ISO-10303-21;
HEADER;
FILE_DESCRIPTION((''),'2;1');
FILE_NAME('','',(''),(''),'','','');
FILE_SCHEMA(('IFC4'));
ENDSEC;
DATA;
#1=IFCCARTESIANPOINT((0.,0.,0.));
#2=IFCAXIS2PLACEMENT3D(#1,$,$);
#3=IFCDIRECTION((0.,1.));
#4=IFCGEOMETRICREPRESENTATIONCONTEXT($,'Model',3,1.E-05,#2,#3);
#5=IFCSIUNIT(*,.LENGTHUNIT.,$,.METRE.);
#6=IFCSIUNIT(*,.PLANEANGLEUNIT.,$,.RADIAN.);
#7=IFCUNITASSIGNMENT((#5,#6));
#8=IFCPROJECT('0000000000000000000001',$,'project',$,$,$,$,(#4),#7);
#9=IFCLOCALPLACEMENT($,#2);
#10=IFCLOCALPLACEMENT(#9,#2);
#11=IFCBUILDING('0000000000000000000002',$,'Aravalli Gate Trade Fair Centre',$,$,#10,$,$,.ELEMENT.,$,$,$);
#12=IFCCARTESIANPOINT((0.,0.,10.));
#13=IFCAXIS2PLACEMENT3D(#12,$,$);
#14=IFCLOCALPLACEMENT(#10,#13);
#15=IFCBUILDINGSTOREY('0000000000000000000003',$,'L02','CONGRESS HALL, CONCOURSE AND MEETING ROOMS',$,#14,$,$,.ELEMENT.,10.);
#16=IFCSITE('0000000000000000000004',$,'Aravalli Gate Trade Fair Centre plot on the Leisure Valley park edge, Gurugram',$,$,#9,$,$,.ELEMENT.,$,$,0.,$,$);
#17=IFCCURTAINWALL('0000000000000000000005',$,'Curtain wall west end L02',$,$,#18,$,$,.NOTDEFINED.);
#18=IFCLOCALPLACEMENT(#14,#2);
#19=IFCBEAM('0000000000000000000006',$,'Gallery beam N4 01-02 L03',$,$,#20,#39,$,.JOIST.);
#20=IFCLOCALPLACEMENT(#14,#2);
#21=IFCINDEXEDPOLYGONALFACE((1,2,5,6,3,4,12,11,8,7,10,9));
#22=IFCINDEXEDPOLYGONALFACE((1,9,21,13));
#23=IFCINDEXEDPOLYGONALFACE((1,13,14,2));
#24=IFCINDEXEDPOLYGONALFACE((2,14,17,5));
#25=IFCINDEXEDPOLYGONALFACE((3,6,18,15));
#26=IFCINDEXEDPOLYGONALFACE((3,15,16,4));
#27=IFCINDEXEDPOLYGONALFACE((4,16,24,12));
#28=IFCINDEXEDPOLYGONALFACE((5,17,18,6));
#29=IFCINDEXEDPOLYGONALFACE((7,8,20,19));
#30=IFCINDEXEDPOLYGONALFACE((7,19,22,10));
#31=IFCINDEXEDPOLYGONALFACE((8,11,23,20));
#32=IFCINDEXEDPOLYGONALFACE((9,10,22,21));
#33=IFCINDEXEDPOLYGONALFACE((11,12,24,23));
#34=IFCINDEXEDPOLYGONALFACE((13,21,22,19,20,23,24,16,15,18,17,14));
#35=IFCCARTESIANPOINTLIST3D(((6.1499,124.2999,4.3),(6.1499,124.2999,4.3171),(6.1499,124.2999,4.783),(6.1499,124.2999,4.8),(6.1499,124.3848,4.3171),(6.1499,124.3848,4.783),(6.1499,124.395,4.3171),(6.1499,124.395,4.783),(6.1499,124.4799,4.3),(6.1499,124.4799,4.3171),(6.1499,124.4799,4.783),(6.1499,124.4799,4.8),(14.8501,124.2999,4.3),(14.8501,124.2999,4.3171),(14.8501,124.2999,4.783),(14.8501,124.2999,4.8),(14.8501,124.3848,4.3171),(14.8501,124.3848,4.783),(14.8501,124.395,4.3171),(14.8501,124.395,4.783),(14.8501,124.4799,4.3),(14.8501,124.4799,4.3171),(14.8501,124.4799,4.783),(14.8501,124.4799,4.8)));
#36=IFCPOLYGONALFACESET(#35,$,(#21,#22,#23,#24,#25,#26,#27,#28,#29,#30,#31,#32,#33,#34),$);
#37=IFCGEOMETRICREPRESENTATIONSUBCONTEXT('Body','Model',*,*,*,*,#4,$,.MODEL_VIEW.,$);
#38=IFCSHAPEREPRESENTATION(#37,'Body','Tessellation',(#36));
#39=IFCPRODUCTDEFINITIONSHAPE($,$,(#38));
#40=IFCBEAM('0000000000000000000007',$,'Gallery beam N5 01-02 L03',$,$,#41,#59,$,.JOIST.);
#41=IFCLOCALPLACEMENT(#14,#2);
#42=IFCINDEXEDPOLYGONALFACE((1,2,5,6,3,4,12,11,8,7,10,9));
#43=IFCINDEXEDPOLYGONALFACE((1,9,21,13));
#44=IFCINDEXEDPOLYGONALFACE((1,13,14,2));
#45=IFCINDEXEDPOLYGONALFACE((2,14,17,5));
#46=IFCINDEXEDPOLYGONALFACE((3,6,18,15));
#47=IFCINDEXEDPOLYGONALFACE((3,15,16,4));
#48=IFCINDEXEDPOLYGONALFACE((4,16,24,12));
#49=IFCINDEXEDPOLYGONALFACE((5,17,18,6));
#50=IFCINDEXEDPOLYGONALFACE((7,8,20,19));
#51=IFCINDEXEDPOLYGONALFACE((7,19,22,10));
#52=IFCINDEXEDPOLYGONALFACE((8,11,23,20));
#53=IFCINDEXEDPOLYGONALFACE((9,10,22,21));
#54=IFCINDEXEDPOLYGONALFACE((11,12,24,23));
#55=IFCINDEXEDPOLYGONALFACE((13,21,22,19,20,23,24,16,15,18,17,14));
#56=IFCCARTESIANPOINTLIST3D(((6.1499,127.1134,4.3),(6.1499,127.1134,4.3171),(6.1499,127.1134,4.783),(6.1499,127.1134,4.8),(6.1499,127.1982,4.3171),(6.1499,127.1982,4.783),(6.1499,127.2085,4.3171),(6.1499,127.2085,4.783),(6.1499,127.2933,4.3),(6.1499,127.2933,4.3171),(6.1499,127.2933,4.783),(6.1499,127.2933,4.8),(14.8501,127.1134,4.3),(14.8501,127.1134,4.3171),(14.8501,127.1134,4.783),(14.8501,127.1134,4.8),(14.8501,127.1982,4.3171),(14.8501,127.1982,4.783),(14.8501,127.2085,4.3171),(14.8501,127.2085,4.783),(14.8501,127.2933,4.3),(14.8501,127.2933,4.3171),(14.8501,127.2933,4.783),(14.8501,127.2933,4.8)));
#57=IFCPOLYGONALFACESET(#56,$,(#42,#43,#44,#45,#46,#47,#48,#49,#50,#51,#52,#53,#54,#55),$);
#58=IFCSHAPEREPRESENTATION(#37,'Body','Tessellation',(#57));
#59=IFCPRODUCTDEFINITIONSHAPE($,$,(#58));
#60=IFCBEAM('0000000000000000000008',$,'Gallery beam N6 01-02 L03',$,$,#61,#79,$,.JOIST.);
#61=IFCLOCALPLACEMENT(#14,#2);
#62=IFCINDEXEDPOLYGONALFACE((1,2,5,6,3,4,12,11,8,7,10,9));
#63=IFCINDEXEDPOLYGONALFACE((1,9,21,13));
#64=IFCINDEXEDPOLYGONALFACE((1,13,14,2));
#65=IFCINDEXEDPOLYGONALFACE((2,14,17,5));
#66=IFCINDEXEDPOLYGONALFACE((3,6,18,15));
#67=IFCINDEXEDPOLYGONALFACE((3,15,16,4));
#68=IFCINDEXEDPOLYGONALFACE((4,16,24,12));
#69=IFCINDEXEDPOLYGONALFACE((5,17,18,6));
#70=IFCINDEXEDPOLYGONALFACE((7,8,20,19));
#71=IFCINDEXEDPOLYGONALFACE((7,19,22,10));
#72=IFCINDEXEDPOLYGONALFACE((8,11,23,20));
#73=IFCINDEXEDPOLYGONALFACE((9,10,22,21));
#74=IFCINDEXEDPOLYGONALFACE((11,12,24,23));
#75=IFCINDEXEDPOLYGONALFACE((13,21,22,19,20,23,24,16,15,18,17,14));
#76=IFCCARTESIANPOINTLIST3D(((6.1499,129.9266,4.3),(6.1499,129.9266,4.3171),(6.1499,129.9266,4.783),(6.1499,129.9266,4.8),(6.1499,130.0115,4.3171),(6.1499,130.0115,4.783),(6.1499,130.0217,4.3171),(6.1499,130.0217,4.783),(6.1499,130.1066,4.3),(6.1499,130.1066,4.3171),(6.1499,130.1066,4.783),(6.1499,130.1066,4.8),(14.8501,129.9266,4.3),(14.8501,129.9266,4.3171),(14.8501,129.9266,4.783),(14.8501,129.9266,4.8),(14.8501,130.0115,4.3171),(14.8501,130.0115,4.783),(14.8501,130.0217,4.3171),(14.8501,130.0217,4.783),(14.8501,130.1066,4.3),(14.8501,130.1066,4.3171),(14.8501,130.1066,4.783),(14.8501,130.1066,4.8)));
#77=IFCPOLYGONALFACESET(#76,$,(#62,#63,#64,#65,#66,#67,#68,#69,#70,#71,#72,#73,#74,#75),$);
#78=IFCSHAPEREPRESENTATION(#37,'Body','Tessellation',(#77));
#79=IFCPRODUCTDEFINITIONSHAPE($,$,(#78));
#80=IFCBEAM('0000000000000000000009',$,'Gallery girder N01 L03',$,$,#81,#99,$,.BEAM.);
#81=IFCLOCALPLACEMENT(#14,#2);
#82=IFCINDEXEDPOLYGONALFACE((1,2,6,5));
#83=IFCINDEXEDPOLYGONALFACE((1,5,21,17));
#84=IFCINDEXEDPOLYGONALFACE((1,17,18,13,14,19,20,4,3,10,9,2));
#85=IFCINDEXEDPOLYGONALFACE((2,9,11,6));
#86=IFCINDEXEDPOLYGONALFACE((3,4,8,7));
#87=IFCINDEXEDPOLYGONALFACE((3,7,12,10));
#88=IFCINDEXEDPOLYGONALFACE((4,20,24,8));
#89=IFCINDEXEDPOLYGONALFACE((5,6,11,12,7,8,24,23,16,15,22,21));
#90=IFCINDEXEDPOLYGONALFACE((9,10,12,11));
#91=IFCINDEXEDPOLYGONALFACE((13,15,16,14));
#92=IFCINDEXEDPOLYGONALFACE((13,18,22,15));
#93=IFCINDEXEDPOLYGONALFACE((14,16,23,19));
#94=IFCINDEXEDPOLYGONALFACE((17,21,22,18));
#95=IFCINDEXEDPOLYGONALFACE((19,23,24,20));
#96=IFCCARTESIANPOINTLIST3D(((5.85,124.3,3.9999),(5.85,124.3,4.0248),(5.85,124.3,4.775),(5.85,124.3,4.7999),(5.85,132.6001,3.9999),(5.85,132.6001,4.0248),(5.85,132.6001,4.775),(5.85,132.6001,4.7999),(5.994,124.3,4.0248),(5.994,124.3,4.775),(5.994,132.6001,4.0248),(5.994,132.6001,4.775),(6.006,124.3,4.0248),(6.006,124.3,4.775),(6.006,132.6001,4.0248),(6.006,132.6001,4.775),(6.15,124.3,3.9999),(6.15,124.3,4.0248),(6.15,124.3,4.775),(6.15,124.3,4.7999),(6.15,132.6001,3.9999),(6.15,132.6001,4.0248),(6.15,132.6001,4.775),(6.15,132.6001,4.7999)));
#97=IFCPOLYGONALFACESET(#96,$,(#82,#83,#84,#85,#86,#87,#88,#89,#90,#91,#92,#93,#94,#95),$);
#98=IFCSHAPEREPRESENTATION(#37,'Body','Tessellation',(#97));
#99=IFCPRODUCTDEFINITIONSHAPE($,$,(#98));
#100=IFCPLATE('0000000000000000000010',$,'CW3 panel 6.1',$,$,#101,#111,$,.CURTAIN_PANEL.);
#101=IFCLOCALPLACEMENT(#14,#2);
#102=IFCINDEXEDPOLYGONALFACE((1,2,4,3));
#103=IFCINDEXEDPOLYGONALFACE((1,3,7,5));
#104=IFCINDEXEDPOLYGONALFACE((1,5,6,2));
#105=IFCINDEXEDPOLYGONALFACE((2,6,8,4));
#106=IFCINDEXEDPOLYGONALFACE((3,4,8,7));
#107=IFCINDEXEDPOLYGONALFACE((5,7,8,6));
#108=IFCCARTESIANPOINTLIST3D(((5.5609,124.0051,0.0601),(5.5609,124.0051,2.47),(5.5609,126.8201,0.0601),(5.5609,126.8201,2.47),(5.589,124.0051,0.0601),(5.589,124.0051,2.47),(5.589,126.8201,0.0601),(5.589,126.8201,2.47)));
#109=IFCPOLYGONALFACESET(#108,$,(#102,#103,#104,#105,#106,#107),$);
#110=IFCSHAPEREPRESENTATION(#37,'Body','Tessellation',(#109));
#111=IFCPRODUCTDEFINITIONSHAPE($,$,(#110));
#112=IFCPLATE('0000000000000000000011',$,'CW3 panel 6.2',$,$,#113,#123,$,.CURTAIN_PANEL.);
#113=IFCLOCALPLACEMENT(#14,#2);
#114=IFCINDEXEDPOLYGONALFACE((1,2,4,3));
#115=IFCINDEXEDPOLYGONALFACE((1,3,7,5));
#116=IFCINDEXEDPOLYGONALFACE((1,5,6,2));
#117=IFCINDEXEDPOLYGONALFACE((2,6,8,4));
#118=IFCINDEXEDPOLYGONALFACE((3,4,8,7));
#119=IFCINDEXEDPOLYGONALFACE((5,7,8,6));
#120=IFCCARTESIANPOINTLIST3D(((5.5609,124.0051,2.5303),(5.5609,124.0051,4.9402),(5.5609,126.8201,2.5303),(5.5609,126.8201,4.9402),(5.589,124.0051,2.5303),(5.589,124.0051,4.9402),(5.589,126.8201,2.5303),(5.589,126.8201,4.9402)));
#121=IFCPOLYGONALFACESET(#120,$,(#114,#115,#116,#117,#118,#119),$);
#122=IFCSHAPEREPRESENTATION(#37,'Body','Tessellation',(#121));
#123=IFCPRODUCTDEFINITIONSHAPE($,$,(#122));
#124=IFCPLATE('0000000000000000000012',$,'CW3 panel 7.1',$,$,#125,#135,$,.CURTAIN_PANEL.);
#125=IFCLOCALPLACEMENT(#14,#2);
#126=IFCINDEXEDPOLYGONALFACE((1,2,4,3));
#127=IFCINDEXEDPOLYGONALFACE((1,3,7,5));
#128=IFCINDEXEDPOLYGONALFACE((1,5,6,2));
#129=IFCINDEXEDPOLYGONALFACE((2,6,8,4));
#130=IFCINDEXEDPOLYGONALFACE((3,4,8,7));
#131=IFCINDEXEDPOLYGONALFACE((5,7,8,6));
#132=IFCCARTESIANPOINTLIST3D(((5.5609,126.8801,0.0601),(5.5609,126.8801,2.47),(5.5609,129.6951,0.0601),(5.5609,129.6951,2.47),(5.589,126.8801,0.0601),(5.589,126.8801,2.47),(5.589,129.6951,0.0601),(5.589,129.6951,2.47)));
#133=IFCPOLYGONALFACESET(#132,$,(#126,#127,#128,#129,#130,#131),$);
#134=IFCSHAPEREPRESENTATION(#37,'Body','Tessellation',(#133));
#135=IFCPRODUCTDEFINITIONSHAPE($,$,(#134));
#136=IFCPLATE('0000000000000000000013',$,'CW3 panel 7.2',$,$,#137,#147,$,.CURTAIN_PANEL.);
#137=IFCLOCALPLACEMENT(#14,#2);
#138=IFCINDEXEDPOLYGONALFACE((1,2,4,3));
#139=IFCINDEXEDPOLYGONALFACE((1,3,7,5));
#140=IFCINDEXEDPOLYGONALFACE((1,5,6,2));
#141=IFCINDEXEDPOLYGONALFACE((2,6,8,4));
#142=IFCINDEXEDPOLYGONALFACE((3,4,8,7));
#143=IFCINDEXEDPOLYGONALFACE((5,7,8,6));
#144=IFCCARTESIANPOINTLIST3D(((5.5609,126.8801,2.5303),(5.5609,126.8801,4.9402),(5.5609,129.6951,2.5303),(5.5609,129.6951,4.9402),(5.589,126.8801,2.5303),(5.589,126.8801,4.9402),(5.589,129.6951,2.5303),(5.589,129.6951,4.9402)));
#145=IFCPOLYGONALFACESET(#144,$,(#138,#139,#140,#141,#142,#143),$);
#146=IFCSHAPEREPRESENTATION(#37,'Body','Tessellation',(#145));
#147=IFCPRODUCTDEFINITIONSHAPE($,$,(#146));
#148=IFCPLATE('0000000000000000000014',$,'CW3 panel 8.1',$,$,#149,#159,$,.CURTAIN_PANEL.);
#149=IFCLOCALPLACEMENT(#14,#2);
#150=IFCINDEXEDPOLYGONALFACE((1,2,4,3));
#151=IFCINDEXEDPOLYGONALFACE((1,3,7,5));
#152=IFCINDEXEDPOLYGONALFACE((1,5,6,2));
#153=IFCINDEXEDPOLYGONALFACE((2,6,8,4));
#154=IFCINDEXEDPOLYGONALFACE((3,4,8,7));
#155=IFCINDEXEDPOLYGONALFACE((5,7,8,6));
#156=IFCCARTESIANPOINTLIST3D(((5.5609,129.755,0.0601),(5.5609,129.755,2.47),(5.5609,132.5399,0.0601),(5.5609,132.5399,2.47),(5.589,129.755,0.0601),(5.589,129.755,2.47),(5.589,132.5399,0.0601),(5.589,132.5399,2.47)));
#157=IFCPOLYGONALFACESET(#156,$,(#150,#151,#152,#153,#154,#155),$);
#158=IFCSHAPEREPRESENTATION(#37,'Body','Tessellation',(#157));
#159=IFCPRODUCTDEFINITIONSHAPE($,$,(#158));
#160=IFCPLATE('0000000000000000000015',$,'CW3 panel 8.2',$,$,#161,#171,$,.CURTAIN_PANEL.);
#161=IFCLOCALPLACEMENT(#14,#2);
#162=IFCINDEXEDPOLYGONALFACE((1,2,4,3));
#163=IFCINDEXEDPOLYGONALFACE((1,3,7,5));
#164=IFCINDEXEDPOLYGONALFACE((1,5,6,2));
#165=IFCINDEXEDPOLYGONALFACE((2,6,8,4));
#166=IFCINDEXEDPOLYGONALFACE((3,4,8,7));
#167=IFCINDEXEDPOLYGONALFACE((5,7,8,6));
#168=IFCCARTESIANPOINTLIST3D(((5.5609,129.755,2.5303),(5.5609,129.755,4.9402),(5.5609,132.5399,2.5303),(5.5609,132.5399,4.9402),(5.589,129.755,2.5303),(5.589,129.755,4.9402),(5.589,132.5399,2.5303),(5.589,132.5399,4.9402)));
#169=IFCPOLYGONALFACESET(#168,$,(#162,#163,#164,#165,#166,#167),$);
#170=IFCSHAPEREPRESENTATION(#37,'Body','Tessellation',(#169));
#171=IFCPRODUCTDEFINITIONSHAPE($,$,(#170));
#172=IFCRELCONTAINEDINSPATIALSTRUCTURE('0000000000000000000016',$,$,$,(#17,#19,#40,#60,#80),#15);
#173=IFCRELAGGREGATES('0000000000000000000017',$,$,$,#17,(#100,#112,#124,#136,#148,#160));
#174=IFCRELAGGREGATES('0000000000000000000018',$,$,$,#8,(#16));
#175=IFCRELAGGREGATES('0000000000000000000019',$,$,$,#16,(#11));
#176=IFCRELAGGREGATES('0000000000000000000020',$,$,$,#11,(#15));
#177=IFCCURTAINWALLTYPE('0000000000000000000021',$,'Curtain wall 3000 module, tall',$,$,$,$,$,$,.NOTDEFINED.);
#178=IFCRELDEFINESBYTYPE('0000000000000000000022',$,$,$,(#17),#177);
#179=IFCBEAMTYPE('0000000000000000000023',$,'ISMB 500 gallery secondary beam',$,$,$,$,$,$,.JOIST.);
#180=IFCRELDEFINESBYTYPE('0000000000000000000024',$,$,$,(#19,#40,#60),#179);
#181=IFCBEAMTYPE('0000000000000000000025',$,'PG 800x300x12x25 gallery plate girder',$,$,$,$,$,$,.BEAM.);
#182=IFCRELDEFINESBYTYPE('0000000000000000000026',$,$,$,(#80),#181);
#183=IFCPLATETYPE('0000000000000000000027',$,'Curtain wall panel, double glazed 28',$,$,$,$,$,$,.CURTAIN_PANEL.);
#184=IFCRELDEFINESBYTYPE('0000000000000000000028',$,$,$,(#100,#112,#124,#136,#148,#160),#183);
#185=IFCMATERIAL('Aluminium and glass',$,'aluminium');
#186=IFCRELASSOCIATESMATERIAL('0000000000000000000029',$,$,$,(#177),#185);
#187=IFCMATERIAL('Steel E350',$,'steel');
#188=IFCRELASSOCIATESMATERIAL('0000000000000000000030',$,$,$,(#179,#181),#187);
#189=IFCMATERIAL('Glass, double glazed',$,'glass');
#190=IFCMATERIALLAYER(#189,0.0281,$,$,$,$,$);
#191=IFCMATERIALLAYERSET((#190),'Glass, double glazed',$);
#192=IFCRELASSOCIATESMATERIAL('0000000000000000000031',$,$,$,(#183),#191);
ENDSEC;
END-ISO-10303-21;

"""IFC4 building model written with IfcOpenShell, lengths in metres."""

from ifc_helpers import new_model, si_unit, direction, frame, origin, origin_2d, place, context, subcontext, project, spatial, rectangle, i_section, extrude, material, layer, layer_set, material_profile, profile_set, type_object, element, aggregate, save


model = new_model("IFC4")

# Units and contexts
model_context = context("Model", 3, precision=1e-05, world=origin(), true_north=direction((0.0, 1.0)))
body_context = subcontext(model_context, "Body", "Model", "MODEL_VIEW")
ifc_project = project(units=[si_unit("LENGTHUNIT", "METRE"), si_unit("PLANEANGLEUNIT", "RADIAN")], contexts=[model_context])

# Site, building, storey
site_placement = place(None, origin())
site = spatial("IfcSite", under=ifc_project, at=site_placement, Name="Aravalli Gate Trade Fair Centre plot on the Leisure Valley park edge, Gurugram", CompositionType="ELEMENT", RefElevation=0.0)
building_placement = place(site_placement, origin())
building = spatial("IfcBuilding", under=site, at=building_placement, Name="Aravalli Gate Trade Fair Centre", CompositionType="ELEMENT")
storey_placement = place(building_placement, frame((0.0, 0.0, 10.0)))
storey = spatial("IfcBuildingStorey", under=building, at=storey_placement, Name="L02", Description="CONGRESS HALL, CONCOURSE AND MEETING ROOMS", CompositionType="ELEMENT", Elevation=10.0)

# Curtain wall
ifc_material_1 = material(Name="Aluminium and glass", Category="aluminium")
curtain_wall_type = type_object("IfcCurtainWallType", Name="Curtain wall 3000 module, tall", PredefinedType="NOTDEFINED", material=ifc_material_1)
curtain_wall_placement = place(storey_placement, origin())
curtain_wall = element("IfcCurtainWall", 1, at=curtain_wall_placement, inside=storey, type_object=curtain_wall_type, Name="Curtain wall west end L02", PredefinedType="NOTDEFINED")

# Beams
ifc_material_2 = material(Name="Steel E350", Category="steel")
ifc_material_profile_1 = material_profile(ifc_material_2, i_section(OverallWidth=0.1799, OverallDepth=0.5, WebThickness=0.0103, FlangeThickness=0.0171, at=origin_2d()), Name="ISMB 500")
ifc_profile_set_1 = profile_set([ifc_material_profile_1], Name="Steel E350")
beam_type_1 = type_object("IfcBeamType", Name="ISMB 500 gallery secondary beam", PredefinedType="JOIST", material=ifc_profile_set_1)
for number, where, z_axis, x_axis, name in (
    (2, (6.1499, 124.3899, 4.55), (1.0, 0.0, 0.0), (0.0, 1.0, 0.0), "Gallery beam N4 01-02 L03"),
    (3, (6.1499, 127.2034, 4.55), (1.0, 0.0, 0.0), (0.0, 1.0, 0.0), "Gallery beam N5 01-02 L03"),
    (4, (6.1499, 130.0166, 4.55), (1.0, 0.0, 0.0), (0.0, 1.0, 0.0), "Gallery beam N6 01-02 L03"),
):
    element("IfcBeam", number, at=place(storey_placement, frame(where, z_axis=z_axis, x_axis=x_axis)), inside=storey, type_object=beam_type_1, Name=name, PredefinedType="JOIST", context=body_context, shape_type="SweptSolid", body=[
        extrude(i_section(OverallWidth=0.1799, OverallDepth=0.5, WebThickness=0.0103, FlangeThickness=0.0171, at=origin_2d()), origin(), (0.0, 0.0, 1.0), 8.7002),
    ])
ifc_material_profile_2 = material_profile(ifc_material_2, i_section(OverallWidth=0.3, OverallDepth=0.8, WebThickness=0.012, FlangeThickness=0.0249, at=origin_2d()), Name="PG 800x300x12x25")
ifc_profile_set_2 = profile_set([ifc_material_profile_2], Name="Steel E350")
beam_type_2 = type_object("IfcBeamType", Name="PG 800x300x12x25 gallery plate girder", PredefinedType="BEAM", material=ifc_profile_set_2)
beam_placement = place(storey_placement, frame((6.0, 124.3, 4.3999), z_axis=(0.0, 1.0, 0.0), x_axis=(-1.0, 0.0, 0.0)))
element("IfcBeam", 5, at=beam_placement, inside=storey, type_object=beam_type_2, Name="Gallery girder N01 L03", PredefinedType="BEAM", context=body_context, shape_type="SweptSolid", body=[
    extrude(i_section(OverallWidth=0.3, OverallDepth=0.8, WebThickness=0.012, FlangeThickness=0.0249, at=origin_2d()), origin(), (0.0, 0.0, 1.0), 8.3),
])

# Plates
ifc_material_3 = material(Name="Glass, double glazed", Category="glass")
ifc_layer_1 = layer(ifc_material_3, 0.0281)
ifc_layer_set_1 = layer_set([ifc_layer_1], Name="Glass, double glazed")
plate_type = type_object("IfcPlateType", Name="Curtain wall panel, double glazed 28", PredefinedType="CURTAIN_PANEL", material=ifc_layer_set_1)
plate_1_placement = place(storey_placement, frame((5.575, 125.4126, 0.0601), z_axis=(0.0, 0.0, 1.0), x_axis=(0.0, 1.0, 0.0)))
plate_1 = element("IfcPlate", 6, at=plate_1_placement, type_object=plate_type, Name="CW3 panel 6.1", PredefinedType="CURTAIN_PANEL", context=body_context, shape_type="SweptSolid", body=[
    extrude(rectangle(XDim=2.8149, YDim=0.0281, at=origin_2d()), origin(), (0.0, 0.0, 1.0), 2.4099),
])
plate_2_placement = place(storey_placement, frame((5.575, 125.4126, 2.5303), z_axis=(0.0, 0.0, 1.0), x_axis=(0.0, 1.0, 0.0)))
plate_2 = element("IfcPlate", 7, at=plate_2_placement, type_object=plate_type, Name="CW3 panel 6.2", PredefinedType="CURTAIN_PANEL", context=body_context, shape_type="SweptSolid", body=[
    extrude(rectangle(XDim=2.8149, YDim=0.0281, at=origin_2d()), origin(), (0.0, 0.0, 1.0), 2.4099),
])
plate_3_placement = place(storey_placement, frame((5.575, 128.2876, 0.0601), z_axis=(0.0, 0.0, 1.0), x_axis=(0.0, 1.0, 0.0)))
plate_3 = element("IfcPlate", 8, at=plate_3_placement, type_object=plate_type, Name="CW3 panel 7.1", PredefinedType="CURTAIN_PANEL", context=body_context, shape_type="SweptSolid", body=[
    extrude(rectangle(XDim=2.8149, YDim=0.0281, at=origin_2d()), origin(), (0.0, 0.0, 1.0), 2.4099),
])
plate_4_placement = place(storey_placement, frame((5.575, 128.2876, 2.5303), z_axis=(0.0, 0.0, 1.0), x_axis=(0.0, 1.0, 0.0)))
plate_4 = element("IfcPlate", 9, at=plate_4_placement, type_object=plate_type, Name="CW3 panel 7.2", PredefinedType="CURTAIN_PANEL", context=body_context, shape_type="SweptSolid", body=[
    extrude(rectangle(XDim=2.8149, YDim=0.0281, at=origin_2d()), origin(), (0.0, 0.0, 1.0), 2.4099),
])
plate_5_placement = place(storey_placement, frame((5.575, 131.1475, 0.0601), z_axis=(0.0, 0.0, 1.0), x_axis=(0.0, 1.0, 0.0)))
plate_5 = element("IfcPlate", 10, at=plate_5_placement, type_object=plate_type, Name="CW3 panel 8.1", PredefinedType="CURTAIN_PANEL", context=body_context, shape_type="SweptSolid", body=[
    extrude(rectangle(XDim=2.7849, YDim=0.0281, at=origin_2d()), origin(), (0.0, 0.0, 1.0), 2.4099),
])
plate_6_placement = place(storey_placement, frame((5.575, 131.1475, 2.5303), z_axis=(0.0, 0.0, 1.0), x_axis=(0.0, 1.0, 0.0)))
plate_6 = element("IfcPlate", 11, at=plate_6_placement, type_object=plate_type, Name="CW3 panel 8.2", PredefinedType="CURTAIN_PANEL", context=body_context, shape_type="SweptSolid", body=[
    extrude(rectangle(XDim=2.7849, YDim=0.0281, at=origin_2d()), origin(), (0.0, 0.0, 1.0), 2.4099),
])
aggregate(curtain_wall, [plate_1, plate_2, plate_3, plate_4, plate_5, plate_6])

save(model, "model.ifc")
